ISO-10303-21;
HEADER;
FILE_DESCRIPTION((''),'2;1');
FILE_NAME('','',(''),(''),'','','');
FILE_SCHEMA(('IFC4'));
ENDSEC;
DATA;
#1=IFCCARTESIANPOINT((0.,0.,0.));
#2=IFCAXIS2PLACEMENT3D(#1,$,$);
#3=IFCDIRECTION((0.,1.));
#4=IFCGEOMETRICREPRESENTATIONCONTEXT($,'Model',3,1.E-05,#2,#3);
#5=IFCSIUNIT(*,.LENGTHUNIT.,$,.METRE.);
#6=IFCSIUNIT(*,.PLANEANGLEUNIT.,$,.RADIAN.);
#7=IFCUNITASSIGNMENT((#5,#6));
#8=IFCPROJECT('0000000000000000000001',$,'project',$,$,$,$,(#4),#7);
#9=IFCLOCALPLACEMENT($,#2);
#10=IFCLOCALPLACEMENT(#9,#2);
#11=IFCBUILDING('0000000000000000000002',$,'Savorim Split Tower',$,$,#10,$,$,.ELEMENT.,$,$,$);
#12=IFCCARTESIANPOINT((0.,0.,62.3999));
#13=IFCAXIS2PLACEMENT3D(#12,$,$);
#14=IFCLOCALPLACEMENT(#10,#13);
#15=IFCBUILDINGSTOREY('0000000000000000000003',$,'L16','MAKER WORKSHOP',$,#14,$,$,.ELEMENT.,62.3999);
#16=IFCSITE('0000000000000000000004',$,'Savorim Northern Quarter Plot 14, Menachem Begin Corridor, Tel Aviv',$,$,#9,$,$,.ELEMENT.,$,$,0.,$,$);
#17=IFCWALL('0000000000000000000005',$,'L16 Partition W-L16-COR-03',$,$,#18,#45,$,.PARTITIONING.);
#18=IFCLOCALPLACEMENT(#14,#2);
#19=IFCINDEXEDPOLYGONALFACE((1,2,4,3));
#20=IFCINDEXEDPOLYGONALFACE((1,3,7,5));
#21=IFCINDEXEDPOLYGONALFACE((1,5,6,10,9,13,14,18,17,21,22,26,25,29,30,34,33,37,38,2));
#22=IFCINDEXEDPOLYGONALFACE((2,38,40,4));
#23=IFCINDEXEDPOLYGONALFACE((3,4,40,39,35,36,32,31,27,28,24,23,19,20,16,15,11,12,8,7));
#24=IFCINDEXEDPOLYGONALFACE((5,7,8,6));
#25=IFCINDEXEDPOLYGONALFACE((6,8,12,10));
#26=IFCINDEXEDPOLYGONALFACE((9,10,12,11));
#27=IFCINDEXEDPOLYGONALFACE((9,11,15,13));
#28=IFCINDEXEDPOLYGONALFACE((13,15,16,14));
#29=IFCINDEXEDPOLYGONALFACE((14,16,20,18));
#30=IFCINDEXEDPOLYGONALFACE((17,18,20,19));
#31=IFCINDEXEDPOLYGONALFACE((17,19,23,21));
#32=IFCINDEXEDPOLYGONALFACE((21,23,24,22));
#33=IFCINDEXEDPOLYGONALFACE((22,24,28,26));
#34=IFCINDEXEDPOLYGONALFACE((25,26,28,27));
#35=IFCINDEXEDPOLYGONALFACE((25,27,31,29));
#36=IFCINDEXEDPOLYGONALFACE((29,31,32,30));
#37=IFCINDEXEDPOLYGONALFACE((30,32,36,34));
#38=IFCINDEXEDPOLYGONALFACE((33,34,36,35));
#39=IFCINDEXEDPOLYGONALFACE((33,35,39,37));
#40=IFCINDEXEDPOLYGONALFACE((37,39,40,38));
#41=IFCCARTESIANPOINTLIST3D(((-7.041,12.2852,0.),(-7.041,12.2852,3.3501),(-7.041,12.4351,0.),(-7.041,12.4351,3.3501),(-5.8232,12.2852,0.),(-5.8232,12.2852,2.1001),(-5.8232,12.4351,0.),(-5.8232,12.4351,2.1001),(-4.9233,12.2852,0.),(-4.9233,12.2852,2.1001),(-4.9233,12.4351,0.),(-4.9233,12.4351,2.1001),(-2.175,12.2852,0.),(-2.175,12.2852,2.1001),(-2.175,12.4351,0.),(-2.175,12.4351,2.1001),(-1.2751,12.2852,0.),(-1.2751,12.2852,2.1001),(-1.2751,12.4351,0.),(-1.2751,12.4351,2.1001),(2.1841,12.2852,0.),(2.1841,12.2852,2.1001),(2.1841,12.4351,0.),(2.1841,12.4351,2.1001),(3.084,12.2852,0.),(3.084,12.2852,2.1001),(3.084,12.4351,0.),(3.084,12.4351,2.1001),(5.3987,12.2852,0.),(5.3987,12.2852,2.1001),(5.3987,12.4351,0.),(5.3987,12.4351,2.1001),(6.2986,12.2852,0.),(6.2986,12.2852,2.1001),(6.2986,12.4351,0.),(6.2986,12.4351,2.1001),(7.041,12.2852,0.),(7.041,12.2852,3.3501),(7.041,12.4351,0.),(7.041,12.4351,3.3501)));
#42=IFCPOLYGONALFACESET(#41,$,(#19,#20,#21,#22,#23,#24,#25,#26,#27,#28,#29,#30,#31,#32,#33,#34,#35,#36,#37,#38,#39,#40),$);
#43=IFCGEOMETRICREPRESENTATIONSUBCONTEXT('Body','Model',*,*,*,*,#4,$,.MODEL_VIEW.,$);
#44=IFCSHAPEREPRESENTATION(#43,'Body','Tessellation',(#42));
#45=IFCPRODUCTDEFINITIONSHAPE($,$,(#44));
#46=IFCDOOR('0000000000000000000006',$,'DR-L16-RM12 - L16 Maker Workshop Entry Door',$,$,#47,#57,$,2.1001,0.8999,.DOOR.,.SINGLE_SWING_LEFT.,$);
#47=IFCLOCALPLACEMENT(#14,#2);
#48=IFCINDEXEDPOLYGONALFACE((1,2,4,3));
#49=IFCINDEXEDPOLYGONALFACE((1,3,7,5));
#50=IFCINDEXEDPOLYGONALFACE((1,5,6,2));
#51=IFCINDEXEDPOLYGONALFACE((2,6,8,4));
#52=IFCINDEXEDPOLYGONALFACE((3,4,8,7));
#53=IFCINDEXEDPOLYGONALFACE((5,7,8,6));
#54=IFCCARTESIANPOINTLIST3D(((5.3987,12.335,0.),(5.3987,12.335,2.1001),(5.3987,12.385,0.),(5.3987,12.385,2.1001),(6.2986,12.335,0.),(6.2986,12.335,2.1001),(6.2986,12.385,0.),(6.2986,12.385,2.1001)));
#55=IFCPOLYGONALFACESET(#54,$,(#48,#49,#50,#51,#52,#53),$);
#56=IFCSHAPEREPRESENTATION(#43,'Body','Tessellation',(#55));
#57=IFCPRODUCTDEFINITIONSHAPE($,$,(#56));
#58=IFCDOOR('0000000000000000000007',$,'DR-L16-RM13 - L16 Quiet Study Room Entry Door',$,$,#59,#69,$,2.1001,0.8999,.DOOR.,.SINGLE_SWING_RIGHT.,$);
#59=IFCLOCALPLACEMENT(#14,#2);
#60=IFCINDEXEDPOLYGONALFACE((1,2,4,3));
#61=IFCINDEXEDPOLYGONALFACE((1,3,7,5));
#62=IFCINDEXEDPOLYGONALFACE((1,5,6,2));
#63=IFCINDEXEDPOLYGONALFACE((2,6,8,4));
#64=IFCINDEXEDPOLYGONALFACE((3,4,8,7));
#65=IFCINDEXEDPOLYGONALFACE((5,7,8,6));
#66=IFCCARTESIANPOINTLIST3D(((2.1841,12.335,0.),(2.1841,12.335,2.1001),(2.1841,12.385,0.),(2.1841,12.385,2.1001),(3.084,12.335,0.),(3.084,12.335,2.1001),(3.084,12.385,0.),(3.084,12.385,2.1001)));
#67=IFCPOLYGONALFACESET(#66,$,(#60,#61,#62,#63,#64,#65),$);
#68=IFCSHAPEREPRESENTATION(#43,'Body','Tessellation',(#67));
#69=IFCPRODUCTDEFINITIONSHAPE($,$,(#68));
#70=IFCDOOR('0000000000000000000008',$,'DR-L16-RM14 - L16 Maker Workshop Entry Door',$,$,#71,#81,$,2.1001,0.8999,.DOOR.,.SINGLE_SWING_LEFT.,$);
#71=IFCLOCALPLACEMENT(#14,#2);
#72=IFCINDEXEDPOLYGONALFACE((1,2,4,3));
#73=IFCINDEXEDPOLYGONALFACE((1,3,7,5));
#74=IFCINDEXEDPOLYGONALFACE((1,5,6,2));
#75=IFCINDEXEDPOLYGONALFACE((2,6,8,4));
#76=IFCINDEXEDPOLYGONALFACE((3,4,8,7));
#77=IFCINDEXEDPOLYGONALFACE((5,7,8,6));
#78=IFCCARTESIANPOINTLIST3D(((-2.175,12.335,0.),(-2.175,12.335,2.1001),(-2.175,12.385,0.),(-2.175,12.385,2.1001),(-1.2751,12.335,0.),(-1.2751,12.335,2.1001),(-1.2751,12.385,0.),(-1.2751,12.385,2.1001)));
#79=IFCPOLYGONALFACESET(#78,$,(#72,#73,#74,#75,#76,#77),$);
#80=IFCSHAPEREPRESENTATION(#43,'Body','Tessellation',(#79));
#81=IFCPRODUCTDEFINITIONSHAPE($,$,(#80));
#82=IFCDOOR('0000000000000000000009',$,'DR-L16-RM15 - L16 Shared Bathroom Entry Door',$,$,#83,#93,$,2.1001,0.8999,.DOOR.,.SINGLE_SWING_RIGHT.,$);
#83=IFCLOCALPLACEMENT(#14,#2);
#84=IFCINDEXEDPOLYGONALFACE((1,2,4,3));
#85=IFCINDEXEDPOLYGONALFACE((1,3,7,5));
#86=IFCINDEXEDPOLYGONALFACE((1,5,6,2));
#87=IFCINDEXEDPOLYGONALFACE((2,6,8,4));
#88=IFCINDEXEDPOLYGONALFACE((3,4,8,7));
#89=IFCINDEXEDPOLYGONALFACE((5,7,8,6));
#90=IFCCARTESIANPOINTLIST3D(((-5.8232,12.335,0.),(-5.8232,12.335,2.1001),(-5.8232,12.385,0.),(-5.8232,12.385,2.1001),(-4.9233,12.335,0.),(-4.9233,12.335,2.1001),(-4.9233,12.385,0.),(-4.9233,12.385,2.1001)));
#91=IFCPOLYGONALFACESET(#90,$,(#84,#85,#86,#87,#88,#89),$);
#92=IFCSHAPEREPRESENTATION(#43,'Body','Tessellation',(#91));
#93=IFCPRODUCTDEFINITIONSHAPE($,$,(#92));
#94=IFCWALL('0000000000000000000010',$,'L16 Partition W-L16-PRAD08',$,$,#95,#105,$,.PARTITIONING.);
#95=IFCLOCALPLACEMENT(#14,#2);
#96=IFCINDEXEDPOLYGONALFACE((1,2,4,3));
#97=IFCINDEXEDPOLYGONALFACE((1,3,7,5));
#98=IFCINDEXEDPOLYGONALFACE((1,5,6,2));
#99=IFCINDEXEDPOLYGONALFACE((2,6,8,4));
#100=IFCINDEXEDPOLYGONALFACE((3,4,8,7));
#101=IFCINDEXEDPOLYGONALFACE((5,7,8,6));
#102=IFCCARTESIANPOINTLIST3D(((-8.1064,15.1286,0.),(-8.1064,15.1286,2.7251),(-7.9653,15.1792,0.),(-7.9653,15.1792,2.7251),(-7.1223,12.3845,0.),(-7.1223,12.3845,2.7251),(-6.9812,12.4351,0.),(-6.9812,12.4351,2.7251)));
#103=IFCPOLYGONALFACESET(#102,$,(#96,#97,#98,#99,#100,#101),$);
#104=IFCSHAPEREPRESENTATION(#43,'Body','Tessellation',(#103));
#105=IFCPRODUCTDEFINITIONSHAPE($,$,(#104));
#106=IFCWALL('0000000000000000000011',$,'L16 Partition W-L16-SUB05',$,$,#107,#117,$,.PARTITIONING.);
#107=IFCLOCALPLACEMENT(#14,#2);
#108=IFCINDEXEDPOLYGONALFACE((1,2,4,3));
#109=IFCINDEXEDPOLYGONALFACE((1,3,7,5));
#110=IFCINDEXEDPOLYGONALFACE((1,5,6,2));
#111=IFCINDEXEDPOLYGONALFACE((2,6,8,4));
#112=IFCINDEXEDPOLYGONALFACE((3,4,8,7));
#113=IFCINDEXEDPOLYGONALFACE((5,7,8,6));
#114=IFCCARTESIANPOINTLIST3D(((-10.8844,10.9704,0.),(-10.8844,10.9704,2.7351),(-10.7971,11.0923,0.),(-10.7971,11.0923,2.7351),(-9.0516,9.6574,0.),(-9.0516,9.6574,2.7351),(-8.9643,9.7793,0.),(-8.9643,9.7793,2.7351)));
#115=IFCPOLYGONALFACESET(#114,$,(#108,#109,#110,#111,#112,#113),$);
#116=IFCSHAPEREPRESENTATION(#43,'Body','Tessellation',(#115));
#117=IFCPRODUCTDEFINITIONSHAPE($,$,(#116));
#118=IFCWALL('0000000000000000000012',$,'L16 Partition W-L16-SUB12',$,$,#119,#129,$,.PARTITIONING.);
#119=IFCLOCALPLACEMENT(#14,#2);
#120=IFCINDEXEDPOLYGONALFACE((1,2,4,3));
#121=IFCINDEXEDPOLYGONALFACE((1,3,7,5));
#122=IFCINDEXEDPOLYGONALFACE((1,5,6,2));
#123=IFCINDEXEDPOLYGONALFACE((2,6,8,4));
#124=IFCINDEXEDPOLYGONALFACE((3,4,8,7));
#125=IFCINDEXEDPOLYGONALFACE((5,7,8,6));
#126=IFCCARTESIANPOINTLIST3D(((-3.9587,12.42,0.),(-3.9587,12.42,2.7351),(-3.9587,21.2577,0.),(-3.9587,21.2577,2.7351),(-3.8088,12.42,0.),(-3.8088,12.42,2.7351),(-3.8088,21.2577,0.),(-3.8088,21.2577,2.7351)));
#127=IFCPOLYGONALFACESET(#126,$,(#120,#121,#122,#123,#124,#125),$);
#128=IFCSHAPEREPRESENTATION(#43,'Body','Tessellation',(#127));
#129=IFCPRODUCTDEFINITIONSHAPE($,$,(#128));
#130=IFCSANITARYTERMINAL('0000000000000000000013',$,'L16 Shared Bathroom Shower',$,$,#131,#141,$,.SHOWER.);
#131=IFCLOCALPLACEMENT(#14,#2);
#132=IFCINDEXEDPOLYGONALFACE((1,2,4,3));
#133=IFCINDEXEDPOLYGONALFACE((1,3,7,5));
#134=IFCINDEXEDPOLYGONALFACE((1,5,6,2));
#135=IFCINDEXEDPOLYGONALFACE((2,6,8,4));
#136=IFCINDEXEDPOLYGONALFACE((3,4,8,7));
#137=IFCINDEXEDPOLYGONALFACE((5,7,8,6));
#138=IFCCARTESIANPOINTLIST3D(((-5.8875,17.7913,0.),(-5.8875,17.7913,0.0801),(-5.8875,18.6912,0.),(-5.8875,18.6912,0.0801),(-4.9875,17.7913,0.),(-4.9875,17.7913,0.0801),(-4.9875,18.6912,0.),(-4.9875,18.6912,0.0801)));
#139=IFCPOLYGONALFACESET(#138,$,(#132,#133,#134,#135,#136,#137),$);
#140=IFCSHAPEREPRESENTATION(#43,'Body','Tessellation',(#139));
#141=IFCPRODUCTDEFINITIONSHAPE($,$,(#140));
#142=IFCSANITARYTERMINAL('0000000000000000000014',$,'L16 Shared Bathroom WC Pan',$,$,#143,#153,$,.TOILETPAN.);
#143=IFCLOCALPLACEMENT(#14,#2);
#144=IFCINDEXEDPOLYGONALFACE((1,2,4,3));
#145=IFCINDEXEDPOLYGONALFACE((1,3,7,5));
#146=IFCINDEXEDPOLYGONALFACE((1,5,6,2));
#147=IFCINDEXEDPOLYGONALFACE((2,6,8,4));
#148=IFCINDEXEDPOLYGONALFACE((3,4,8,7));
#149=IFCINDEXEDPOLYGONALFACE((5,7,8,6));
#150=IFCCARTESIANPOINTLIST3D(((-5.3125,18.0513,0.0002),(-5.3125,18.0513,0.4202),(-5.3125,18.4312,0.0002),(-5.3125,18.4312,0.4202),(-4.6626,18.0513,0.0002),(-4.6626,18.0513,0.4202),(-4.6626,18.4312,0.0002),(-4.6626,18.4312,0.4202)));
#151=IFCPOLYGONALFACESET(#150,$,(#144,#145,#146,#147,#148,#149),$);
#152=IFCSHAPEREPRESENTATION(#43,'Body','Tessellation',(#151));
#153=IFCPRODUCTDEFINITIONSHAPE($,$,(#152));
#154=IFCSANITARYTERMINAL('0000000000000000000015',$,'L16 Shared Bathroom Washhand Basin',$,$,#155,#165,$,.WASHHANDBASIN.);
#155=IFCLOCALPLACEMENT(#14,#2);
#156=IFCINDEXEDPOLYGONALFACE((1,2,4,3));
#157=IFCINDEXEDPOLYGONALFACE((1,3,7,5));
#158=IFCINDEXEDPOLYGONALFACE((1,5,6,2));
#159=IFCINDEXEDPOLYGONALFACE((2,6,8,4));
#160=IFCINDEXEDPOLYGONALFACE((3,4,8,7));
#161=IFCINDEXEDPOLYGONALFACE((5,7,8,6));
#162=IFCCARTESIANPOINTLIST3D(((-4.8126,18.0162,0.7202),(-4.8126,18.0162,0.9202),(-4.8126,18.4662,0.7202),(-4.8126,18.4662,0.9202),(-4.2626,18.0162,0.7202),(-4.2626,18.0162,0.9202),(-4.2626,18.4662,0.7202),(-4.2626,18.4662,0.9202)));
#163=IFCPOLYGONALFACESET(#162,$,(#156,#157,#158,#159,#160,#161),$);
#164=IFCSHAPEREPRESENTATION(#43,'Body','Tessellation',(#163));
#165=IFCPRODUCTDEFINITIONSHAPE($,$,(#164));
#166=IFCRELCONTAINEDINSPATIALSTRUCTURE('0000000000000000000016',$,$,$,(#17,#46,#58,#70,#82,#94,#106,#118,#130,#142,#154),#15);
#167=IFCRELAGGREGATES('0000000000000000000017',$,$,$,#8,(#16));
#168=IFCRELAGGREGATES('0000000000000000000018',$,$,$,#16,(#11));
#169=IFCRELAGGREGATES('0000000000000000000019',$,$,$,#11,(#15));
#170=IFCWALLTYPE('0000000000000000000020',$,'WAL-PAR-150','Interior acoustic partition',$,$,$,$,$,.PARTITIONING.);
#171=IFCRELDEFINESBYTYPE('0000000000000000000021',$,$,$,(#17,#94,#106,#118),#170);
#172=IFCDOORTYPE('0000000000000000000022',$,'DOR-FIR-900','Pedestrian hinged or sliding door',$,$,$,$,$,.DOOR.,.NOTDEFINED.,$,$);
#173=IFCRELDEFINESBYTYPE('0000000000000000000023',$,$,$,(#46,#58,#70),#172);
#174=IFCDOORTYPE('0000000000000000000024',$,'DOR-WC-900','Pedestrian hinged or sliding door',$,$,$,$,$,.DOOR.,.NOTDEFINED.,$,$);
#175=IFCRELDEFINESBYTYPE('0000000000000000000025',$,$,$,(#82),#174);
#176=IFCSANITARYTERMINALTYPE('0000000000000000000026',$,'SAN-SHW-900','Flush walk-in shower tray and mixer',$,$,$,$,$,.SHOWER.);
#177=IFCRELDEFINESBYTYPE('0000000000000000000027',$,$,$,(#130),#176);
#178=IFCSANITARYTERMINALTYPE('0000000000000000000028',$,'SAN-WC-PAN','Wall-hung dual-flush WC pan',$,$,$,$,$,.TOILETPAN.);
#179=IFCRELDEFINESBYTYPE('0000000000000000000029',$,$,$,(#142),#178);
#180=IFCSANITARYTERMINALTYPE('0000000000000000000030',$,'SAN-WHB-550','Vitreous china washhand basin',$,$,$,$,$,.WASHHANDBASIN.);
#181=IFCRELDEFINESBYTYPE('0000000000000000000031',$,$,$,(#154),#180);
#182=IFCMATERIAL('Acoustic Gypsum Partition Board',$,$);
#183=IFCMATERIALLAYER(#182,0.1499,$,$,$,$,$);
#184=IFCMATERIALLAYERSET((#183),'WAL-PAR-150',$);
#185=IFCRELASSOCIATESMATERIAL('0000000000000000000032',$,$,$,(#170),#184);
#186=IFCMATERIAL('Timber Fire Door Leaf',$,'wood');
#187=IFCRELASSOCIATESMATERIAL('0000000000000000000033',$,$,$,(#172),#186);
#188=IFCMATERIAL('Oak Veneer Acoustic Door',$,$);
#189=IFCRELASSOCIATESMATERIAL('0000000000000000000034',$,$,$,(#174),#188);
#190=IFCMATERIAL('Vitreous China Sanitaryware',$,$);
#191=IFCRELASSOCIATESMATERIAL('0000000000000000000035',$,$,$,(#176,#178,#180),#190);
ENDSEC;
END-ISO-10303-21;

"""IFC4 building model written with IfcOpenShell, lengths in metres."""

from ifc_helpers import new_model, si_unit, direction, frame, frame_2d, origin, origin_2d, place, context, subcontext, project, spatial, rectangle, extrude, material, layer, layer_set, type_object, element, fill, save


model = new_model("IFC4")

# Units and contexts
model_context = context("Model", 3, precision=1e-05, world=origin(), true_north=direction((0.0, 1.0)))
body_context = subcontext(model_context, "Body", "Model", "MODEL_VIEW")
ifc_project = project(units=[si_unit("LENGTHUNIT", "METRE"), si_unit("PLANEANGLEUNIT", "RADIAN")], contexts=[model_context])

# Site, building, storey
site_placement = place(None, origin())
site = spatial("IfcSite", under=ifc_project, at=site_placement, Name="Savorim Northern Quarter Plot 14, Menachem Begin Corridor, Tel Aviv", CompositionType="ELEMENT", RefElevation=0.0)
building_placement = place(site_placement, origin())
building = spatial("IfcBuilding", under=site, at=building_placement, Name="Savorim Split Tower", CompositionType="ELEMENT")
storey_placement = place(building_placement, frame((0.0, 0.0, 62.3999)))
storey = spatial("IfcBuildingStorey", under=building, at=storey_placement, Name="L16", Description="MAKER WORKSHOP", CompositionType="ELEMENT", Elevation=62.3999)

# Shared definitions
ifc_material_1 = material(Name="Acoustic Gypsum Partition Board")
ifc_layer_1 = layer(ifc_material_1, 0.1499)
ifc_layer_set_1 = layer_set([ifc_layer_1], Name="WAL-PAR-150")
wall_type_1 = type_object("IfcWallType", Name="WAL-PAR-150", Description="Interior acoustic partition", PredefinedType="PARTITIONING", material=ifc_layer_set_1)

# Shared definitions
ifc_material_2 = material(Name="Timber Fire Door Leaf", Category="wood")
door_type_1 = type_object("IfcDoorType", Name="DOR-FIR-900", Description="Pedestrian hinged or sliding door", OperationType="NOTDEFINED", PredefinedType="DOOR", material=ifc_material_2)

# Wall, openings, doors
wall_1_placement = place(storey_placement, frame((-7.041, 12.3601, 0.0), z_axis=(0.0, 0.0, 1.0), x_axis=(1.0, 0.0, 0.0)))
wall_1 = element("IfcWall", 1, at=wall_1_placement, inside=storey, type_object=wall_type_1, Name="L16 Partition W-L16-COR-03", PredefinedType="PARTITIONING", context=body_context, shape_type="SweptSolid", body=[
    extrude(rectangle(XDim=14.082, YDim=0.1499, at=frame_2d((7.041, 0.0))), origin(), (0.0, 0.0, 1.0), 3.3501),
])
opening_1_placement = place(wall_1_placement, frame((12.4397, 0.0, 0.0)))
opening_1 = element("IfcOpeningElement", 2, at=opening_1_placement, cuts=wall_1, PredefinedType="OPENING", context=body_context, shape_type="SweptSolid", body=[
    extrude(rectangle(XDim=0.8999, YDim=2.1001, at=frame_2d((0.45, 1.05))), frame((0.0, 0.085, 0.0), z_axis=(0.0, -1.0, 0.0), x_axis=(1.0, 0.0, 0.0)), (0.0, 0.0, 1.0), 0.1699),
])
opening_2_placement = place(wall_1_placement, frame((9.2251, 0.0, 0.0)))
opening_2 = element("IfcOpeningElement", 3, at=opening_2_placement, cuts=wall_1, PredefinedType="OPENING", context=body_context, shape_type="SweptSolid", body=[
    extrude(rectangle(XDim=0.8999, YDim=2.1001, at=frame_2d((0.45, 1.05))), frame((0.0, 0.085, 0.0), z_axis=(0.0, -1.0, 0.0), x_axis=(1.0, 0.0, 0.0)), (0.0, 0.0, 1.0), 0.1699),
])
opening_3_placement = place(wall_1_placement, frame((4.866, 0.0, 0.0)))
opening_3 = element("IfcOpeningElement", 4, at=opening_3_placement, cuts=wall_1, PredefinedType="OPENING", context=body_context, shape_type="SweptSolid", body=[
    extrude(rectangle(XDim=0.8999, YDim=2.1001, at=frame_2d((0.45, 1.05))), frame((0.0, 0.085, 0.0), z_axis=(0.0, -1.0, 0.0), x_axis=(1.0, 0.0, 0.0)), (0.0, 0.0, 1.0), 0.1699),
])
opening_4_placement = place(wall_1_placement, frame((1.2178, 0.0, 0.0)))
opening_4 = element("IfcOpeningElement", 5, at=opening_4_placement, cuts=wall_1, PredefinedType="OPENING", context=body_context, shape_type="SweptSolid", body=[
    extrude(rectangle(XDim=0.8999, YDim=2.1001, at=frame_2d((0.45, 1.05))), frame((0.0, 0.085, 0.0), z_axis=(0.0, -1.0, 0.0), x_axis=(1.0, 0.0, 0.0)), (0.0, 0.0, 1.0), 0.1699),
])
door_1_placement = place(opening_1_placement, origin())
door_1 = element("IfcDoor", 6, at=door_1_placement, inside=storey, type_object=door_type_1, Name="DR-L16-RM12 - L16 Maker Workshop Entry Door", OperationType="SINGLE_SWING_LEFT", OverallHeight=2.1001, OverallWidth=0.8999, PredefinedType="DOOR", context=body_context, shape_type="SweptSolid", body=[
    extrude(rectangle(XDim=0.8999, YDim=2.1001, at=frame_2d((0.45, 1.05))), frame((0.0, 0.0249, 0.0), z_axis=(0.0, -1.0, 0.0), x_axis=(1.0, 0.0, 0.0)), (0.0, 0.0, 1.0), 0.05),
])
fill(opening_1, door_1)
door_2_placement = place(opening_2_placement, origin())
door_2 = element("IfcDoor", 7, at=door_2_placement, inside=storey, type_object=door_type_1, Name="DR-L16-RM13 - L16 Quiet Study Room Entry Door", OperationType="SINGLE_SWING_RIGHT", OverallHeight=2.1001, OverallWidth=0.8999, PredefinedType="DOOR", context=body_context, shape_type="SweptSolid", body=[
    extrude(rectangle(XDim=0.8999, YDim=2.1001, at=frame_2d((0.45, 1.05))), frame((0.0, 0.0249, 0.0), z_axis=(0.0, -1.0, 0.0), x_axis=(1.0, 0.0, 0.0)), (0.0, 0.0, 1.0), 0.05),
])
fill(opening_2, door_2)
door_3_placement = place(opening_3_placement, origin())
door_3 = element("IfcDoor", 8, at=door_3_placement, inside=storey, type_object=door_type_1, Name="DR-L16-RM14 - L16 Maker Workshop Entry Door", OperationType="SINGLE_SWING_LEFT", OverallHeight=2.1001, OverallWidth=0.8999, PredefinedType="DOOR", context=body_context, shape_type="SweptSolid", body=[
    extrude(rectangle(XDim=0.8999, YDim=2.1001, at=frame_2d((0.45, 1.05))), frame((0.0, 0.0249, 0.0), z_axis=(0.0, -1.0, 0.0), x_axis=(1.0, 0.0, 0.0)), (0.0, 0.0, 1.0), 0.05),
])
fill(opening_3, door_3)
ifc_material_3 = material(Name="Oak Veneer Acoustic Door")
door_type_2 = type_object("IfcDoorType", Name="DOR-WC-900", Description="Pedestrian hinged or sliding door", OperationType="NOTDEFINED", PredefinedType="DOOR", material=ifc_material_3)
door_4_placement = place(opening_4_placement, origin())
door_4 = element("IfcDoor", 9, at=door_4_placement, inside=storey, type_object=door_type_2, Name="DR-L16-RM15 - L16 Shared Bathroom Entry Door", OperationType="SINGLE_SWING_RIGHT", OverallHeight=2.1001, OverallWidth=0.8999, PredefinedType="DOOR", context=body_context, shape_type="SweptSolid", body=[
    extrude(rectangle(XDim=0.8999, YDim=2.1001, at=frame_2d((0.45, 1.05))), frame((0.0, 0.0249, 0.0), z_axis=(0.0, -1.0, 0.0), x_axis=(1.0, 0.0, 0.0)), (0.0, 0.0, 1.0), 0.05),
])
fill(opening_4, door_4)

# Walls
wall_2_placement = place(storey_placement, frame((-7.0518, 12.4099, 0.0), z_axis=(0.0, 0.0, 1.0), x_axis=(-0.337578, 0.941298, 0.0)))
element("IfcWall", 10, at=wall_2_placement, inside=storey, type_object=wall_type_1, Name="L16 Partition W-L16-PRAD08", PredefinedType="PARTITIONING", context=body_context, shape_type="SweptSolid", body=[
    extrude(rectangle(XDim=2.9153, YDim=0.1499, at=frame_2d((1.4575, 0.0))), origin(), (0.0, 0.0, 1.0), 2.7251),
])
wall_3_placement = place(storey_placement, frame((-9.0078, 9.7183, 0.0), z_axis=(0.0, 0.0, 1.0), x_axis=(-0.812921, 0.582375, 0.0)))
element("IfcWall", 11, at=wall_3_placement, inside=storey, type_object=wall_type_1, Name="L16 Partition W-L16-SUB05", PredefinedType="PARTITIONING", context=body_context, shape_type="SweptSolid", body=[
    extrude(rectangle(XDim=2.2546, YDim=0.1499, at=frame_2d((1.1274, 0.0))), origin(), (0.0, 0.0, 1.0), 2.7351),
])
wall_4_placement = place(storey_placement, frame((-3.8838, 12.4199, 0.0), z_axis=(0.0, 0.0, 1.0), x_axis=(0.0, 1.0, 0.0)))
element("IfcWall", 12, at=wall_4_placement, inside=storey, type_object=wall_type_1, Name="L16 Partition W-L16-SUB12", PredefinedType="PARTITIONING", context=body_context, shape_type="SweptSolid", body=[
    extrude(rectangle(XDim=8.8376, YDim=0.1499, at=frame_2d((4.4189, 0.0))), origin(), (0.0, 0.0, 1.0), 2.7351),
])

# Sanitary terminals
ifc_material_4 = material(Name="Vitreous China Sanitaryware")
sanitary_terminal_type_1 = type_object("IfcSanitaryTerminalType", Name="SAN-SHW-900", Description="Flush walk-in shower tray and mixer", PredefinedType="SHOWER", material=ifc_material_4)
sanitary_terminal_1_placement = place(storey_placement, frame((-5.4375, 18.2412, 0.0), z_axis=(0.0, 0.0, 1.0), x_axis=(1.0, 0.0, 0.0)))
element("IfcSanitaryTerminal", 13, at=sanitary_terminal_1_placement, inside=storey, type_object=sanitary_terminal_type_1, Name="L16 Shared Bathroom Shower", PredefinedType="SHOWER", context=body_context, shape_type="SweptSolid", body=[
    extrude(rectangle(XDim=0.8999, YDim=0.8999, at=origin_2d()), origin(), (0.0, 0.0, 1.0), 0.0801),
])
sanitary_terminal_type_2 = type_object("IfcSanitaryTerminalType", Name="SAN-WC-PAN", Description="Wall-hung dual-flush WC pan", PredefinedType="TOILETPAN", material=ifc_material_4)
sanitary_terminal_2_placement = place(storey_placement, frame((-4.9875, 18.2412, 0.0002), z_axis=(0.0, 0.0, 1.0), x_axis=(1.0, 0.0, 0.0)))
element("IfcSanitaryTerminal", 14, at=sanitary_terminal_2_placement, inside=storey, type_object=sanitary_terminal_type_2, Name="L16 Shared Bathroom WC Pan", PredefinedType="TOILETPAN", context=body_context, shape_type="SweptSolid", body=[
    extrude(rectangle(XDim=0.6499, YDim=0.3799, at=origin_2d()), origin(), (0.0, 0.0, 1.0), 0.4199),
])
sanitary_terminal_type_3 = type_object("IfcSanitaryTerminalType", Name="SAN-WHB-550", Description="Vitreous china washhand basin", PredefinedType="WASHHANDBASIN", material=ifc_material_4)
sanitary_terminal_3_placement = place(storey_placement, frame((-4.5376, 18.2412, 0.7202), z_axis=(0.0, 0.0, 1.0), x_axis=(1.0, 0.0, 0.0)))
element("IfcSanitaryTerminal", 15, at=sanitary_terminal_3_placement, inside=storey, type_object=sanitary_terminal_type_3, Name="L16 Shared Bathroom Washhand Basin", PredefinedType="WASHHANDBASIN", context=body_context, shape_type="SweptSolid", body=[
    extrude(rectangle(XDim=0.55, YDim=0.45, at=origin_2d()), origin(), (0.0, 0.0, 1.0), 0.2),
])

save(model, "model.ifc")
